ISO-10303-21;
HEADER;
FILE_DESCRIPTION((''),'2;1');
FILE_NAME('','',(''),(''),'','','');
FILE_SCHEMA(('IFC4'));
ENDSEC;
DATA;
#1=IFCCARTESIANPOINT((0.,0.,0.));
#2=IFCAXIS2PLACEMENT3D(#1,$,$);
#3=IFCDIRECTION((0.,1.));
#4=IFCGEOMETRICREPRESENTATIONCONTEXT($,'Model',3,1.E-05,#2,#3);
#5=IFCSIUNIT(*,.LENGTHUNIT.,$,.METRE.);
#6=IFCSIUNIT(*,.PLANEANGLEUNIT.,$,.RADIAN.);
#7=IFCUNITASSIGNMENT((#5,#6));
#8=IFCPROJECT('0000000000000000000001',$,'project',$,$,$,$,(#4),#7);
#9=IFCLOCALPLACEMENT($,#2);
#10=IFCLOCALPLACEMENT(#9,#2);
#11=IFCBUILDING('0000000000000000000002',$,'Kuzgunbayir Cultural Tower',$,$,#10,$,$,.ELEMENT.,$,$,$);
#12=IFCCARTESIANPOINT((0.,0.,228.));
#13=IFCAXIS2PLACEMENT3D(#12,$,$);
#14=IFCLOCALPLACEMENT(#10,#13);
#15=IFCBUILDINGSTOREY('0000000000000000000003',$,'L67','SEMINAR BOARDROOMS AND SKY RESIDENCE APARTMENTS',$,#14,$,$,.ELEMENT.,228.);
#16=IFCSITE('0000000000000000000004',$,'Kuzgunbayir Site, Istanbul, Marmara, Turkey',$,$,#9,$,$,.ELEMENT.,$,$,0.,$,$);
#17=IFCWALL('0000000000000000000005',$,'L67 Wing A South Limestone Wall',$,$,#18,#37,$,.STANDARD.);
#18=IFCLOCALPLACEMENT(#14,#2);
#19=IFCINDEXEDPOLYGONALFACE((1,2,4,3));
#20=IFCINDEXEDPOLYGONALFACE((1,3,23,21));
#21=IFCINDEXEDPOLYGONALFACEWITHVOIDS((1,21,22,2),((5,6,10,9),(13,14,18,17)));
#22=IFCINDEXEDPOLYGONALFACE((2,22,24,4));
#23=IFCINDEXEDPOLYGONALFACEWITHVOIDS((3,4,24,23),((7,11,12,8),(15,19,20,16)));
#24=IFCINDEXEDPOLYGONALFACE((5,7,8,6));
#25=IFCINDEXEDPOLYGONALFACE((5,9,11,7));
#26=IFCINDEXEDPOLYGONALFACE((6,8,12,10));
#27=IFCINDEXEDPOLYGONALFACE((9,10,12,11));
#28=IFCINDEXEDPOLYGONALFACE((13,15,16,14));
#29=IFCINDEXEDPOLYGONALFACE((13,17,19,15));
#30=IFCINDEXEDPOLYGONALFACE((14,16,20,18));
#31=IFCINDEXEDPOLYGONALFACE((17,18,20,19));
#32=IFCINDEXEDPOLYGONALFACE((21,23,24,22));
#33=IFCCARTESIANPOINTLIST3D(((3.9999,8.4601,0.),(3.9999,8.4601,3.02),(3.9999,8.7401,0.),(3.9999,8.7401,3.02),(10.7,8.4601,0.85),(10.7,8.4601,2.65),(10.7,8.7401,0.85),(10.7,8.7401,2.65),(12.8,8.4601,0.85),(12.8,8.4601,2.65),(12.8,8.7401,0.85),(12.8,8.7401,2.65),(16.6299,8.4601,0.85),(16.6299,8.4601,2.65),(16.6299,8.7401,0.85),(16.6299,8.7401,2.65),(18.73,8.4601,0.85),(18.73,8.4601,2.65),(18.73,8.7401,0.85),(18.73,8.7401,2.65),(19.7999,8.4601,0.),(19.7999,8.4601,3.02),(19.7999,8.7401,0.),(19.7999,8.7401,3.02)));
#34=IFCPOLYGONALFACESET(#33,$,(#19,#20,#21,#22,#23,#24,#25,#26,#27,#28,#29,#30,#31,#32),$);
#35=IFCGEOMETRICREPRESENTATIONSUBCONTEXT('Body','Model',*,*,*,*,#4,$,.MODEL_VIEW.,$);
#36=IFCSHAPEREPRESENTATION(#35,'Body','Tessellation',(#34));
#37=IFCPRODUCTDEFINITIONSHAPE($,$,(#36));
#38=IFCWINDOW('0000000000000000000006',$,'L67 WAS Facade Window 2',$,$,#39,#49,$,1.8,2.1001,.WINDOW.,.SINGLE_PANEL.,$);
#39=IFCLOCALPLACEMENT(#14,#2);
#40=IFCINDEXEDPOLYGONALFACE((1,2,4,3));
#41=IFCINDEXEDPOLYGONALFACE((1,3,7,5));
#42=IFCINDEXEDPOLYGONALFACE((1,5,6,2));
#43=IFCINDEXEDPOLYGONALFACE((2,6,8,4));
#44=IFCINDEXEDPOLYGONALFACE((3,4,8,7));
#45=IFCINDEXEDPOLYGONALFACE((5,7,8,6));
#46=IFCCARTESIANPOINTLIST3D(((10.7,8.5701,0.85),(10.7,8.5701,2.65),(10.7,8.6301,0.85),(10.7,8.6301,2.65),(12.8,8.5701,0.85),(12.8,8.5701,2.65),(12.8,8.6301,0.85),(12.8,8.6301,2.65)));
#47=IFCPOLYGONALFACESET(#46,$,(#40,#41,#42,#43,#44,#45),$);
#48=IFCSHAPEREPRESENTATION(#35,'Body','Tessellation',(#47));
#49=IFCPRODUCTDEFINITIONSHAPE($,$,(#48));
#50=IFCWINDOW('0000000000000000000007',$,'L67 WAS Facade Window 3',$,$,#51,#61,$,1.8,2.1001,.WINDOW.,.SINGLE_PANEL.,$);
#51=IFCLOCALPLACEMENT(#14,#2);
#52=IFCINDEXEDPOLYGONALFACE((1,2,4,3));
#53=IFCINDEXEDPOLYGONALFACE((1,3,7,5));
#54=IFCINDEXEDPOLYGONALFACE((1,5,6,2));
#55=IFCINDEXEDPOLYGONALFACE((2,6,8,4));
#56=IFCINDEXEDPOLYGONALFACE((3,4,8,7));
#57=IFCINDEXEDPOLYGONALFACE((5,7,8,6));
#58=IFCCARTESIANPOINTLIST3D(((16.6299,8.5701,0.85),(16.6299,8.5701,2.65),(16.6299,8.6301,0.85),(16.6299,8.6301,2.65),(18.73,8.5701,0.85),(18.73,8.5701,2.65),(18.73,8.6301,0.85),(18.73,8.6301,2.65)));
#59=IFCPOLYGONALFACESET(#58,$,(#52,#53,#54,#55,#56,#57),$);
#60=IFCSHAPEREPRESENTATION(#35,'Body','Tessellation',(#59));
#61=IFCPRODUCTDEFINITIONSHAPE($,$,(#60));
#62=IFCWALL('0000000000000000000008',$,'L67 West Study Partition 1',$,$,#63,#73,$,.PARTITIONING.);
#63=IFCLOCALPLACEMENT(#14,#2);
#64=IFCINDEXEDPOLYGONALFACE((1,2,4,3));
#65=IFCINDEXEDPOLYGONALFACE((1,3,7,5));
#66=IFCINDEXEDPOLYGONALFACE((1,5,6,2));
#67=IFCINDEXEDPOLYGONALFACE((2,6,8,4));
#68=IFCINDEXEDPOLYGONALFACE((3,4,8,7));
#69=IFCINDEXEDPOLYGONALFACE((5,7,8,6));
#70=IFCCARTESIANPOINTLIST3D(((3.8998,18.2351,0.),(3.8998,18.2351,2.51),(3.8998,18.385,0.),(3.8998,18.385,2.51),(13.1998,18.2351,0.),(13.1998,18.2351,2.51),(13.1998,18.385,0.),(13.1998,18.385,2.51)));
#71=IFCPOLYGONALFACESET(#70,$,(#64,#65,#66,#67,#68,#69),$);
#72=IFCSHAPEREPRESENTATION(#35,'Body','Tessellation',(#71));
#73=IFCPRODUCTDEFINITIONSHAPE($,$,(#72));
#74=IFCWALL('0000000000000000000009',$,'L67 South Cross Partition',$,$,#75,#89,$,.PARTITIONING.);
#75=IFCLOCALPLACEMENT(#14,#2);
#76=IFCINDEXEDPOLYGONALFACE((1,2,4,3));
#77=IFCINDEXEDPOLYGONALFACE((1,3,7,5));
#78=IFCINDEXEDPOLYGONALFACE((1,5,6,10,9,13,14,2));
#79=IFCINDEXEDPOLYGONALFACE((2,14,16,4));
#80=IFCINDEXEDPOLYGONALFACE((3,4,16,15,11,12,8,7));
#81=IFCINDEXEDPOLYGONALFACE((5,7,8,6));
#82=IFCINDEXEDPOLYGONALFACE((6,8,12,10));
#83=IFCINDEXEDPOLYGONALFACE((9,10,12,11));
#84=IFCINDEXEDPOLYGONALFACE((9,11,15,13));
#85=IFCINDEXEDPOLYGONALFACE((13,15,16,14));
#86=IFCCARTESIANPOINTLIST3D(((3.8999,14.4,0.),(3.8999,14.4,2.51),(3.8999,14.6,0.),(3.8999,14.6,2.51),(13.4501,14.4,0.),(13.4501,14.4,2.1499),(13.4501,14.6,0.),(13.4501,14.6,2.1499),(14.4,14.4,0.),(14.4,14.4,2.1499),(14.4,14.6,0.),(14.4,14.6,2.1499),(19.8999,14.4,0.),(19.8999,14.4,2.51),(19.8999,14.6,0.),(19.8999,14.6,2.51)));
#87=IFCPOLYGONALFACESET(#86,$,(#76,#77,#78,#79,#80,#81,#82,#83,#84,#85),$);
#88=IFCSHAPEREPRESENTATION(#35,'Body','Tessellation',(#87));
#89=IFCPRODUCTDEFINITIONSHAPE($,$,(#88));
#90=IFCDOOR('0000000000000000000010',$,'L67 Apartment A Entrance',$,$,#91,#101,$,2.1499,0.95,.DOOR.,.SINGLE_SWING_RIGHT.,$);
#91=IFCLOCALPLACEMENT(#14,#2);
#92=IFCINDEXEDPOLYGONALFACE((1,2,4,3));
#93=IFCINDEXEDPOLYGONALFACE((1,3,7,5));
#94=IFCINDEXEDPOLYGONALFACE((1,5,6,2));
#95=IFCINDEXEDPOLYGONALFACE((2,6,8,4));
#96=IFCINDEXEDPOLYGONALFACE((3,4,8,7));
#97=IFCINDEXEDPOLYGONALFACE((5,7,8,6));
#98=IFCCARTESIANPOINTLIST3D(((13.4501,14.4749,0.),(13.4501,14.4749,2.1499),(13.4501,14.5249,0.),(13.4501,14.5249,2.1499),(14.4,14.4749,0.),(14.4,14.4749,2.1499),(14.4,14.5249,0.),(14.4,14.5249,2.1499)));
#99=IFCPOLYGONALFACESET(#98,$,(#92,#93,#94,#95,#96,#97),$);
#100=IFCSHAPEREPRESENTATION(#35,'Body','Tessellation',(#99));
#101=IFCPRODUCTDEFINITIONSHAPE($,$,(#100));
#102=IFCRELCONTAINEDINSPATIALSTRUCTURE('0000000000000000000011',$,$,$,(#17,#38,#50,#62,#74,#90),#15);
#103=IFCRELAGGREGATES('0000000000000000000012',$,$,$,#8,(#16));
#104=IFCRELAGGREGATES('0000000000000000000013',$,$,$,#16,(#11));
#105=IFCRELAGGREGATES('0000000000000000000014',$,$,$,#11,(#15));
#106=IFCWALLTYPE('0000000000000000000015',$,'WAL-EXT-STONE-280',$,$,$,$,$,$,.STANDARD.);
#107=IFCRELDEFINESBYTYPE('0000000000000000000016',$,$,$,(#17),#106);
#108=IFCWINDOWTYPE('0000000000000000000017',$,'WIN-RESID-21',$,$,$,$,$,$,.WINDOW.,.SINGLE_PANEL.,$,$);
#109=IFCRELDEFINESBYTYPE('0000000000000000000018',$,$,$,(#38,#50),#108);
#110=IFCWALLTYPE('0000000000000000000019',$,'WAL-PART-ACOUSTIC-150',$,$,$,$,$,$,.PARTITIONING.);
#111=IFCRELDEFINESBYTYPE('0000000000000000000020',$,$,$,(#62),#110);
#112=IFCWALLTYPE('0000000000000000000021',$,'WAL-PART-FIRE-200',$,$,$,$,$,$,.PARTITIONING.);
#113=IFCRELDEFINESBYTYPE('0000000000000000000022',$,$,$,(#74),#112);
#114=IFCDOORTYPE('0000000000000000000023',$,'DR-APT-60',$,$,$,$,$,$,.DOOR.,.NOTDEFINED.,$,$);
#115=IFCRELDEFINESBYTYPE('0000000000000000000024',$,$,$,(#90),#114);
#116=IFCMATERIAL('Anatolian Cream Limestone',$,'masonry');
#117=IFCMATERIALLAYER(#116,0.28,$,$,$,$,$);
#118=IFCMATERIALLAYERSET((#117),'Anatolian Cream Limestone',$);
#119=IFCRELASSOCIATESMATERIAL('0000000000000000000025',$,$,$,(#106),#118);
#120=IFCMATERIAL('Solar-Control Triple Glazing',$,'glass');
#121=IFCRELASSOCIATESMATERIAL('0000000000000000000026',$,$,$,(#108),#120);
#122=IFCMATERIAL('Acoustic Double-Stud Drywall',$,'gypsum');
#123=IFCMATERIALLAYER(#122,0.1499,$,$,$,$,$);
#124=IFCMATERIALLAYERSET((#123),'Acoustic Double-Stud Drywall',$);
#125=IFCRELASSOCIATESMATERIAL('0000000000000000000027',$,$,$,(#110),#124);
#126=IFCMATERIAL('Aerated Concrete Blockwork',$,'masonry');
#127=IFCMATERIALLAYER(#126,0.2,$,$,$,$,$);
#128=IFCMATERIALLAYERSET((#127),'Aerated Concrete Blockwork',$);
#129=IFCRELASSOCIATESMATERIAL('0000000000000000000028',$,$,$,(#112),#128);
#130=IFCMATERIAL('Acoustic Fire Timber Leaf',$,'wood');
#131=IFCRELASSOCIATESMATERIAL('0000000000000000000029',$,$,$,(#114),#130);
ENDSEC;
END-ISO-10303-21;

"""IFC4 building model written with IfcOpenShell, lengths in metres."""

from ifc_helpers import new_model, si_unit, direction, frame, frame_2d, origin, place, context, subcontext, project, spatial, rectangle, extrude, material, layer, layer_set, type_object, element, fill, save


model = new_model("IFC4")

# Units and contexts
model_context = context("Model", 3, precision=1e-05, world=origin(), true_north=direction((0.0, 1.0)))
body_context = subcontext(model_context, "Body", "Model", "MODEL_VIEW")
ifc_project = project(units=[si_unit("LENGTHUNIT", "METRE"), si_unit("PLANEANGLEUNIT", "RADIAN")], contexts=[model_context])

# Site, building, storey
site_placement = place(None, origin())
site = spatial("IfcSite", under=ifc_project, at=site_placement, Name="Kuzgunbayir Site, Istanbul, Marmara, Turkey", CompositionType="ELEMENT", RefElevation=0.0)
building_placement = place(site_placement, origin())
building = spatial("IfcBuilding", under=site, at=building_placement, Name="Kuzgunbayir Cultural Tower", CompositionType="ELEMENT")
storey_placement = place(building_placement, frame((0.0, 0.0, 228.0)))
storey = spatial("IfcBuildingStorey", under=building, at=storey_placement, Name="L67", Description="SEMINAR BOARDROOMS AND SKY RESIDENCE APARTMENTS", CompositionType="ELEMENT", Elevation=228.0)

# Wall, openings, windows
ifc_material_1 = material(Name="Anatolian Cream Limestone", Category="masonry")
ifc_layer_1 = layer(ifc_material_1, 0.28)
ifc_layer_set_1 = layer_set([ifc_layer_1], Name="Anatolian Cream Limestone")
wall_type_1 = type_object("IfcWallType", Name="WAL-EXT-STONE-280", PredefinedType="STANDARD", material=ifc_layer_set_1)
wall_1_placement = place(storey_placement, frame((4.0, 8.6001, 0.0), z_axis=(0.0, 0.0, 1.0), x_axis=(1.0, 0.0, 0.0)))
wall_1 = element("IfcWall", 1, at=wall_1_placement, inside=storey, type_object=wall_type_1, Name="L67 Wing A South Limestone Wall", PredefinedType="STANDARD", context=body_context, shape_type="SweptSolid", body=[
    extrude(rectangle(XDim=15.8, YDim=0.28, at=frame_2d((7.8999, 0.0))), origin(), (0.0, 0.0, 1.0), 3.02),
])
opening_1_placement = place(wall_1_placement, frame((6.7, 0.0, 0.8501)))
opening_1 = element("IfcOpeningElement", 2, at=opening_1_placement, cuts=wall_1, PredefinedType="OPENING", context=body_context, shape_type="SweptSolid", body=[
    extrude(rectangle(XDim=2.1001, YDim=1.8, at=frame_2d((1.05, 0.8999))), frame((0.0, 0.1499, 0.0), z_axis=(0.0, -1.0, 0.0), x_axis=(1.0, 0.0, 0.0)), (0.0, 0.0, 1.0), 0.3),
])
opening_2_placement = place(wall_1_placement, frame((12.6299, 0.0, 0.8501)))
opening_2 = element("IfcOpeningElement", 3, at=opening_2_placement, cuts=wall_1, PredefinedType="OPENING", context=body_context, shape_type="SweptSolid", body=[
    extrude(rectangle(XDim=2.1001, YDim=1.8, at=frame_2d((1.05, 0.8999))), frame((0.0, 0.1499, 0.0), z_axis=(0.0, -1.0, 0.0), x_axis=(1.0, 0.0, 0.0)), (0.0, 0.0, 1.0), 0.3),
])
ifc_material_2 = material(Name="Solar-Control Triple Glazing", Category="glass")
window_type = type_object("IfcWindowType", Name="WIN-RESID-21", PartitioningType="SINGLE_PANEL", PredefinedType="WINDOW", material=ifc_material_2)
window_1_placement = place(opening_1_placement, origin())
window_1 = element("IfcWindow", 4, at=window_1_placement, inside=storey, type_object=window_type, Name="L67 WAS Facade Window 2", OverallHeight=1.8, OverallWidth=2.1001, PartitioningType="SINGLE_PANEL", PredefinedType="WINDOW", context=body_context, shape_type="SweptSolid", body=[
    extrude(rectangle(XDim=2.1001, YDim=1.8, at=frame_2d((1.05, 0.8999))), frame((0.0, 0.03, 0.0), z_axis=(0.0, -1.0, 0.0), x_axis=(1.0, 0.0, 0.0)), (0.0, 0.0, 1.0), 0.0601),
])
fill(opening_1, window_1)
window_2_placement = place(opening_2_placement, origin())
window_2 = element("IfcWindow", 5, at=window_2_placement, inside=storey, type_object=window_type, Name="L67 WAS Facade Window 3", OverallHeight=1.8, OverallWidth=2.1001, PartitioningType="SINGLE_PANEL", PredefinedType="WINDOW", context=body_context, shape_type="SweptSolid", body=[
    extrude(rectangle(XDim=2.1001, YDim=1.8, at=frame_2d((1.05, 0.8999))), frame((0.0, 0.03, 0.0), z_axis=(0.0, -1.0, 0.0), x_axis=(1.0, 0.0, 0.0)), (0.0, 0.0, 1.0), 0.0601),
])
fill(opening_2, window_2)

# Wall
ifc_material_3 = material(Name="Acoustic Double-Stud Drywall", Category="gypsum")
ifc_layer_2 = layer(ifc_material_3, 0.1499)
ifc_layer_set_2 = layer_set([ifc_layer_2], Name="Acoustic Double-Stud Drywall")
wall_type_2 = type_object("IfcWallType", Name="WAL-PART-ACOUSTIC-150", PredefinedType="PARTITIONING", material=ifc_layer_set_2)
wall_2_placement = place(storey_placement, frame((3.8999, 18.3101, 0.0), z_axis=(0.0, 0.0, 1.0), x_axis=(1.0, 0.0, 0.0)))
element("IfcWall", 6, at=wall_2_placement, inside=storey, type_object=wall_type_2, Name="L67 West Study Partition 1", PredefinedType="PARTITIONING", context=body_context, shape_type="SweptSolid", body=[
    extrude(rectangle(XDim=9.3, YDim=0.1499, at=frame_2d((4.6499, 0.0))), origin(), (0.0, 0.0, 1.0), 2.51),
])

# Wall, opening, door
ifc_material_4 = material(Name="Aerated Concrete Blockwork", Category="masonry")
ifc_layer_3 = layer(ifc_material_4, 0.2)
ifc_layer_set_3 = layer_set([ifc_layer_3], Name="Aerated Concrete Blockwork")
wall_type_3 = type_object("IfcWallType", Name="WAL-PART-FIRE-200", PredefinedType="PARTITIONING", material=ifc_layer_set_3)
wall_3_placement = place(storey_placement, frame((3.8999, 14.5, 0.0), z_axis=(0.0, 0.0, 1.0), x_axis=(1.0, 0.0, 0.0)))
wall_3 = element("IfcWall", 7, at=wall_3_placement, inside=storey, type_object=wall_type_3, Name="L67 South Cross Partition", PredefinedType="PARTITIONING", context=body_context, shape_type="SweptSolid", body=[
    extrude(rectangle(XDim=16.0, YDim=0.2, at=frame_2d((8.0, 0.0))), origin(), (0.0, 0.0, 1.0), 2.51),
])
opening_3_placement = place(wall_3_placement, frame((9.55, 0.0, 0.0)))
opening_3 = element("IfcOpeningElement", 8, at=opening_3_placement, cuts=wall_3, PredefinedType="OPENING", context=body_context, shape_type="SweptSolid", body=[
    extrude(rectangle(XDim=0.95, YDim=2.1499, at=frame_2d((0.4751, 1.075))), frame((0.0, 0.1099, 0.0), z_axis=(0.0, -1.0, 0.0), x_axis=(1.0, 0.0, 0.0)), (0.0, 0.0, 1.0), 0.22),
])
ifc_material_5 = material(Name="Acoustic Fire Timber Leaf", Category="wood")
door_type = type_object("IfcDoorType", Name="DR-APT-60", OperationType="NOTDEFINED", PredefinedType="DOOR", material=ifc_material_5)
door_placement = place(opening_3_placement, origin())
door = element("IfcDoor", 9, at=door_placement, inside=storey, type_object=door_type, Name="L67 Apartment A Entrance", OperationType="SINGLE_SWING_RIGHT", OverallHeight=2.1499, OverallWidth=0.95, PredefinedType="DOOR", context=body_context, shape_type="SweptSolid", body=[
    extrude(rectangle(XDim=0.95, YDim=2.1499, at=frame_2d((0.4751, 1.075))), frame((0.0, 0.0249, 0.0), z_axis=(0.0, -1.0, 0.0), x_axis=(1.0, 0.0, 0.0)), (0.0, 0.0, 1.0), 0.05),
])
fill(opening_3, door)

save(model, "model.ifc")
